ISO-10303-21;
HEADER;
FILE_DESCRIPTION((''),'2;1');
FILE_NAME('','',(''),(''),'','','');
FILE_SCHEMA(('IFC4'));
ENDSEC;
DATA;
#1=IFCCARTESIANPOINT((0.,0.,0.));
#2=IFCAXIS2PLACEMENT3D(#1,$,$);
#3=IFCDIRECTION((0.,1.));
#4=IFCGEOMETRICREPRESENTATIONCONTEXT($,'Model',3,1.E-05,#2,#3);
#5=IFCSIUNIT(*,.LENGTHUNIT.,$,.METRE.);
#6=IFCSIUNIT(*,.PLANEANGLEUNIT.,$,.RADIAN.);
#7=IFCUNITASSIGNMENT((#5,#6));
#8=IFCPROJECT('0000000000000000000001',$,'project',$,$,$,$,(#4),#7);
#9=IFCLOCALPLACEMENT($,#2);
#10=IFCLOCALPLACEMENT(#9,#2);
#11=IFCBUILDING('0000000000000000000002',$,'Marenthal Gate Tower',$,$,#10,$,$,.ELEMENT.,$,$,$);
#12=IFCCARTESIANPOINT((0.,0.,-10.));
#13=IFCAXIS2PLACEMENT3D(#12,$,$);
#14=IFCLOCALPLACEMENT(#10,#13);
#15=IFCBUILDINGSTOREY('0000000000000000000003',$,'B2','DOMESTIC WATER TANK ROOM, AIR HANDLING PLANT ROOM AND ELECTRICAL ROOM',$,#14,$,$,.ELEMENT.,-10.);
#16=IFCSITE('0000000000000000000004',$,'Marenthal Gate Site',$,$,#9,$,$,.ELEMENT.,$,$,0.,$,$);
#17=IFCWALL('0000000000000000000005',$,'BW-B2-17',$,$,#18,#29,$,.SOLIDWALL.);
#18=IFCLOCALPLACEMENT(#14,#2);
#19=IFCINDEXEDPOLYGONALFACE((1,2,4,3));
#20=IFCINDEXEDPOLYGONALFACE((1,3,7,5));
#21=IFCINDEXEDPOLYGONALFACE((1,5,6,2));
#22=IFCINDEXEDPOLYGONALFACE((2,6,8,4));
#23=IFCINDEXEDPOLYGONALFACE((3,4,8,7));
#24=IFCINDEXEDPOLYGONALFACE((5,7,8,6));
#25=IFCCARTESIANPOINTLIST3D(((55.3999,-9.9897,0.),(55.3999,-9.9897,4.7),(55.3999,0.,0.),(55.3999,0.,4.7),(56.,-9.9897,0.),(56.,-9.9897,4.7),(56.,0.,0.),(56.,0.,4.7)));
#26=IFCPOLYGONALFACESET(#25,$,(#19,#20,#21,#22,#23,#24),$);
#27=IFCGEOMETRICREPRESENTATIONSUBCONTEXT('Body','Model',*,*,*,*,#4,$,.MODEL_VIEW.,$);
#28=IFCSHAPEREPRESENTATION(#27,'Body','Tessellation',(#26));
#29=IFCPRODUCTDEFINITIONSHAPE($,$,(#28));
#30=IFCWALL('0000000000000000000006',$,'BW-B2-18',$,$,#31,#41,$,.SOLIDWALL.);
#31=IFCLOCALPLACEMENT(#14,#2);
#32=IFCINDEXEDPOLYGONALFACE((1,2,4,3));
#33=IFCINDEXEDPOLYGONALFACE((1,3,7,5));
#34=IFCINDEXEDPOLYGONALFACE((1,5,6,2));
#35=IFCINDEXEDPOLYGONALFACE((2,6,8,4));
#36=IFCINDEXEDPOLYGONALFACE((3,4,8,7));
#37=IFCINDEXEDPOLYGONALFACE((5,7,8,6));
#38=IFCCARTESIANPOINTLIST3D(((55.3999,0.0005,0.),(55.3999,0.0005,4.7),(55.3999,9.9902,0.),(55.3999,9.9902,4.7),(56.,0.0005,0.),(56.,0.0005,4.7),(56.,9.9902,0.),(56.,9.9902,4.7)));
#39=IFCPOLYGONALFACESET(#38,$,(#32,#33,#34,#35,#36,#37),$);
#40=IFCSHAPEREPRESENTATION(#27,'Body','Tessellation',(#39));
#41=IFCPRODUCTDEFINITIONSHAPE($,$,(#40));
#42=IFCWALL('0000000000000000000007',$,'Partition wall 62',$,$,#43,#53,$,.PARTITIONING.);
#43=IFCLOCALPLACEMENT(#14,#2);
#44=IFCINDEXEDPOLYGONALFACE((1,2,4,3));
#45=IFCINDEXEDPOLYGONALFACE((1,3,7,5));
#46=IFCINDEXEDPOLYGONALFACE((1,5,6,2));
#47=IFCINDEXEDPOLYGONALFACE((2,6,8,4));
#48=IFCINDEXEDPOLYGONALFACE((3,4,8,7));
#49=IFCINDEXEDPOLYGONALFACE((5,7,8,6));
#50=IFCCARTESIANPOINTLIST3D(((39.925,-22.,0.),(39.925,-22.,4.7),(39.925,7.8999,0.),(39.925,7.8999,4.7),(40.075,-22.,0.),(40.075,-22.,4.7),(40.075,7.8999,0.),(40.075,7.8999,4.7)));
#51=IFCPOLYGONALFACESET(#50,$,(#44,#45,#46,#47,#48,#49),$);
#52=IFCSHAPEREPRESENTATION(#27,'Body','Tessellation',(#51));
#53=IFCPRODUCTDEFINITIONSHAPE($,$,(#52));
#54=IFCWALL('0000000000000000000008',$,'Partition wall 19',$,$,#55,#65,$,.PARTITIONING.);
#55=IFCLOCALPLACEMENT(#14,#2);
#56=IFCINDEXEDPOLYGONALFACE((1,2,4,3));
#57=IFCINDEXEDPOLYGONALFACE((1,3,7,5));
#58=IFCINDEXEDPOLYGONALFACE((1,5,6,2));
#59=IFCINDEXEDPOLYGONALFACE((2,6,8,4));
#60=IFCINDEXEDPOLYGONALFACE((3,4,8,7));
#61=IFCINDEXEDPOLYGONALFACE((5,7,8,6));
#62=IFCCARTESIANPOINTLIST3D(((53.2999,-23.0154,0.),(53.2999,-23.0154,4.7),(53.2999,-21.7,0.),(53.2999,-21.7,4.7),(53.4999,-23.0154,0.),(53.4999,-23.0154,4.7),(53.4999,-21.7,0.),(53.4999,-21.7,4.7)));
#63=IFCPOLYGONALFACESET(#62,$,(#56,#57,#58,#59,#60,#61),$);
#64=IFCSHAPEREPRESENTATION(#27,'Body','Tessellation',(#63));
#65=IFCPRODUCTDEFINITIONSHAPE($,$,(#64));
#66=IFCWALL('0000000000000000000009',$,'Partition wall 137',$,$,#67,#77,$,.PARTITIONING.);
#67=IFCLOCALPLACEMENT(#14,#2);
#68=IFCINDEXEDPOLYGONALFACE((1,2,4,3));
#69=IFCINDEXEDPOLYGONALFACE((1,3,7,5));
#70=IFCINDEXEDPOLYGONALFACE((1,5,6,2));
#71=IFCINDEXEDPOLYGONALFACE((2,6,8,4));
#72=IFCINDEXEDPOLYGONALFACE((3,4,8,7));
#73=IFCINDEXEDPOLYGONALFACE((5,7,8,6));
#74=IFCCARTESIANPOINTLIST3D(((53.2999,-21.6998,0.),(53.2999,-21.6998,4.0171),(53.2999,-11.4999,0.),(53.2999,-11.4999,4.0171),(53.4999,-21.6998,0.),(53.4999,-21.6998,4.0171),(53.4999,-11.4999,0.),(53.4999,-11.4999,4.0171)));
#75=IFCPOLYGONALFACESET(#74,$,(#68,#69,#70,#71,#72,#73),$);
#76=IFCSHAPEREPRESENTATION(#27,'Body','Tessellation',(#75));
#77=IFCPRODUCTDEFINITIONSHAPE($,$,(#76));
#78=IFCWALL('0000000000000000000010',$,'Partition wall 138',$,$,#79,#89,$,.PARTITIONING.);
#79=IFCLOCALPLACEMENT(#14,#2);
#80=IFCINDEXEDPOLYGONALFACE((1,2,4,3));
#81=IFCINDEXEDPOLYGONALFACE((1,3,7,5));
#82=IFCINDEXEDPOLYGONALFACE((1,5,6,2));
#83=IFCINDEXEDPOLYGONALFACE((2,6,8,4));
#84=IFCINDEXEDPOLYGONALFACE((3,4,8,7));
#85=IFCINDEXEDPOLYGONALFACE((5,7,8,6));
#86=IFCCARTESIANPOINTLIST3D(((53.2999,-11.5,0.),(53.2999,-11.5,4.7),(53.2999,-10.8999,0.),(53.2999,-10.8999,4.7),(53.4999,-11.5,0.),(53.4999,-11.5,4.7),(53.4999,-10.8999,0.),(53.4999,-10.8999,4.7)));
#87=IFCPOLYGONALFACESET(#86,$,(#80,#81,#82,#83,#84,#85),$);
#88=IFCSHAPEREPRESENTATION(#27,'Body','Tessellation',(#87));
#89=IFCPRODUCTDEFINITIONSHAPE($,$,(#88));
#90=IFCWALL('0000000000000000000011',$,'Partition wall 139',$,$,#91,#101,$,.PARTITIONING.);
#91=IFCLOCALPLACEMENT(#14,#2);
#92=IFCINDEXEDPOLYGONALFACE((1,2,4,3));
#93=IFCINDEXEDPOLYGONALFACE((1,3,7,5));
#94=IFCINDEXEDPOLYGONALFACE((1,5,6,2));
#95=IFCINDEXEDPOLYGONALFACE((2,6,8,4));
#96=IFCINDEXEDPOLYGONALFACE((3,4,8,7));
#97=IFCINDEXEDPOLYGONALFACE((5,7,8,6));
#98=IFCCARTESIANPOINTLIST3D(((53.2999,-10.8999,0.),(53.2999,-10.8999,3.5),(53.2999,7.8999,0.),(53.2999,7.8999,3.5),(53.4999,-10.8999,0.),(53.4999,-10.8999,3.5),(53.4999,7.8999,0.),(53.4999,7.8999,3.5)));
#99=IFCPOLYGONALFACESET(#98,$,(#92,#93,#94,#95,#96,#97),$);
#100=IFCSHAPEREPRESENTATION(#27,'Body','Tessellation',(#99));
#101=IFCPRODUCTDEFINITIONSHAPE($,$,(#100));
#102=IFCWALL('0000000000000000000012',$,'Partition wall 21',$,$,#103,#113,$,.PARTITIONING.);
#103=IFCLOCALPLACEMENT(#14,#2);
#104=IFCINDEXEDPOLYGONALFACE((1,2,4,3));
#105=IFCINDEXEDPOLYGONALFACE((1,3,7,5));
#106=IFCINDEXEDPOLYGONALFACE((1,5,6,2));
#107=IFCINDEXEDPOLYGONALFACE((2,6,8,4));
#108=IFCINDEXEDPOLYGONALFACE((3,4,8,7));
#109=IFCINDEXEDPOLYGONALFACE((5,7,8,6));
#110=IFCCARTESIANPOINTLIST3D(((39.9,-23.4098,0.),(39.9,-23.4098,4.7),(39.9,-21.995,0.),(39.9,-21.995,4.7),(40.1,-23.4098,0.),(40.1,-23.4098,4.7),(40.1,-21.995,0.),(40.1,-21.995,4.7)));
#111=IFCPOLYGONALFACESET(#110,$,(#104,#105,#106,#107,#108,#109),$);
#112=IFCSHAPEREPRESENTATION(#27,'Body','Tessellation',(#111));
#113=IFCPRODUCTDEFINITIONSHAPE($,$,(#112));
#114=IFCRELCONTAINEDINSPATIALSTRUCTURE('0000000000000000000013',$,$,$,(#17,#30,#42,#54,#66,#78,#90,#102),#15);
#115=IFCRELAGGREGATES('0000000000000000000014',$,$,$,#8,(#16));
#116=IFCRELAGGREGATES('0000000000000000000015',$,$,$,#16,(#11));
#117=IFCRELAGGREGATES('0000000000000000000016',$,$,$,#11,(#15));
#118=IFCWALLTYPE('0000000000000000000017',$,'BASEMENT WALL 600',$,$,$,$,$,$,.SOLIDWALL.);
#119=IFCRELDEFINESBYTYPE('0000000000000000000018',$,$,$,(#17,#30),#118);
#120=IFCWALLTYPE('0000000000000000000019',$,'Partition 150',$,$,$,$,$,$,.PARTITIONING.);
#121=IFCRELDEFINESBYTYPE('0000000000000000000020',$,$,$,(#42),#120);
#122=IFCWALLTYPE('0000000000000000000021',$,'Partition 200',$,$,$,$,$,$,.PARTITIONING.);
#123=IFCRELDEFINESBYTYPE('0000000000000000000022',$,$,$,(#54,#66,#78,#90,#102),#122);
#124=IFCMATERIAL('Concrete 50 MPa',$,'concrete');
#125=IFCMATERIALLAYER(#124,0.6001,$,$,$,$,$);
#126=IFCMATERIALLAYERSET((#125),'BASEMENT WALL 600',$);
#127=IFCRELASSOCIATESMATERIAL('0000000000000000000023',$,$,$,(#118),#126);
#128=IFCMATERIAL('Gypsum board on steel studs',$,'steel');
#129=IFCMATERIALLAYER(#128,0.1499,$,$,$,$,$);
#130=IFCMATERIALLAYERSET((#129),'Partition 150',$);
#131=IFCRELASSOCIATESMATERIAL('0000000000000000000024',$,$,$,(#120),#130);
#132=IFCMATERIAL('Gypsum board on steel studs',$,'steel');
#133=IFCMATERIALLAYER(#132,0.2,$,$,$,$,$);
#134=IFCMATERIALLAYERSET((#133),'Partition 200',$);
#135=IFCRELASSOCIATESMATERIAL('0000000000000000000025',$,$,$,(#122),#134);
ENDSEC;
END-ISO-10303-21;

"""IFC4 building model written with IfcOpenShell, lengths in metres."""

from ifc_helpers import new_model, si_unit, direction, frame, frame_2d, origin, place, context, subcontext, project, spatial, rectangle, extrude, material, layer, layer_set, type_object, element, save


model = new_model("IFC4")

# Units and contexts
model_context = context("Model", 3, precision=1e-05, world=origin(), true_north=direction((0.0, 1.0)))
body_context = subcontext(model_context, "Body", "Model", "MODEL_VIEW")
ifc_project = project(units=[si_unit("LENGTHUNIT", "METRE"), si_unit("PLANEANGLEUNIT", "RADIAN")], contexts=[model_context])

# Site, building, storey
site_placement = place(None, origin())
site = spatial("IfcSite", under=ifc_project, at=site_placement, Name="Marenthal Gate Site", CompositionType="ELEMENT", RefElevation=0.0)
building_placement = place(site_placement, origin())
building = spatial("IfcBuilding", under=site, at=building_placement, Name="Marenthal Gate Tower", CompositionType="ELEMENT")
storey_placement = place(building_placement, frame((0.0, 0.0, -10.0)))
storey = spatial("IfcBuildingStorey", under=building, at=storey_placement, Name="B2", Description="DOMESTIC WATER TANK ROOM, AIR HANDLING PLANT ROOM AND ELECTRICAL ROOM", CompositionType="ELEMENT", Elevation=-10.0)

# Walls
ifc_material_1 = material(Name="Concrete 50 MPa", Category="concrete")
ifc_layer_1 = layer(ifc_material_1, 0.6001)
ifc_layer_set_1 = layer_set([ifc_layer_1], Name="BASEMENT WALL 600")
wall_type_1 = type_object("IfcWallType", Name="BASEMENT WALL 600", PredefinedType="SOLIDWALL", material=ifc_layer_set_1)
for number, where, z_axis, x_axis, name in (
    (1, (55.7, -9.9897, 0.0), (0.0, 0.0, 1.0), (0.0, 1.0, 0.0), "BW-B2-17"),
    (2, (55.7, 0.0005, 0.0), (0.0, 0.0, 1.0), (0.0, 1.0, 0.0), "BW-B2-18"),
):
    element("IfcWall", number, at=place(storey_placement, frame(where, z_axis=z_axis, x_axis=x_axis)), inside=storey, type_object=wall_type_1, Name=name, PredefinedType="SOLIDWALL", context=body_context, shape_type="SweptSolid", body=[
        extrude(rectangle(XDim=9.9897, YDim=0.6001, at=frame_2d((4.9949, 0.0))), origin(), (0.0, 0.0, 1.0), 4.7),
    ])
ifc_material_2 = material(Name="Gypsum board on steel studs", Category="steel")
ifc_layer_2 = layer(ifc_material_2, 0.1499)
ifc_layer_set_2 = layer_set([ifc_layer_2], Name="Partition 150")
wall_type_2 = type_object("IfcWallType", Name="Partition 150", PredefinedType="PARTITIONING", material=ifc_layer_set_2)
wall_1_placement = place(storey_placement, frame((40.0, -22.0, 0.0), z_axis=(0.0, 0.0, 1.0), x_axis=(0.0, 1.0, 0.0)))
element("IfcWall", 3, at=wall_1_placement, inside=storey, type_object=wall_type_2, Name="Partition wall 62", PredefinedType="PARTITIONING", context=body_context, shape_type="SweptSolid", body=[
    extrude(rectangle(XDim=29.8999, YDim=0.1499, at=frame_2d((14.95, 0.0))), origin(), (0.0, 0.0, 1.0), 4.7),
])
ifc_material_3 = material(Name="Gypsum board on steel studs", Category="steel")
ifc_layer_3 = layer(ifc_material_3, 0.2)
ifc_layer_set_3 = layer_set([ifc_layer_3], Name="Partition 200")
wall_type_3 = type_object("IfcWallType", Name="Partition 200", PredefinedType="PARTITIONING", material=ifc_layer_set_3)
wall_2_placement = place(storey_placement, frame((53.3999, -23.0154, 0.0), z_axis=(0.0, 0.0, 1.0), x_axis=(0.0, 1.0, 0.0)))
element("IfcWall", 4, at=wall_2_placement, inside=storey, type_object=wall_type_3, Name="Partition wall 19", PredefinedType="PARTITIONING", context=body_context, shape_type="SweptSolid", body=[
    extrude(rectangle(XDim=1.3154, YDim=0.2, at=frame_2d((0.6577, 0.0))), origin(), (0.0, 0.0, 1.0), 4.7),
])
wall_3_placement = place(storey_placement, frame((53.3999, -21.7, 0.0), z_axis=(0.0, 0.0, 1.0), x_axis=(0.0, 1.0, 0.0)))
element("IfcWall", 5, at=wall_3_placement, inside=storey, type_object=wall_type_3, Name="Partition wall 137", PredefinedType="PARTITIONING", context=body_context, shape_type="SweptSolid", body=[
    extrude(rectangle(XDim=10.2, YDim=0.2, at=frame_2d((5.1001, 0.0))), origin(), (0.0, 0.0, 1.0), 4.0171),
])
wall_4_placement = place(storey_placement, frame((53.3999, -11.5, 0.0), z_axis=(0.0, 0.0, 1.0), x_axis=(0.0, 1.0, 0.0)))
element("IfcWall", 6, at=wall_4_placement, inside=storey, type_object=wall_type_3, Name="Partition wall 138", PredefinedType="PARTITIONING", context=body_context, shape_type="SweptSolid", body=[
    extrude(rectangle(XDim=0.6001, YDim=0.2, at=frame_2d((0.3, 0.0))), origin(), (0.0, 0.0, 1.0), 4.7),
])
wall_5_placement = place(storey_placement, frame((53.3999, -10.8999, 0.0), z_axis=(0.0, 0.0, 1.0), x_axis=(0.0, 1.0, 0.0)))
element("IfcWall", 7, at=wall_5_placement, inside=storey, type_object=wall_type_3, Name="Partition wall 139", PredefinedType="PARTITIONING", context=body_context, shape_type="SweptSolid", body=[
    extrude(rectangle(XDim=18.7998, YDim=0.2, at=frame_2d((9.3999, 0.0))), origin(), (0.0, 0.0, 1.0), 3.5),
])
wall_6_placement = place(storey_placement, frame((40.0, -23.4099, 0.0), z_axis=(0.0, 0.0, 1.0), x_axis=(0.0, 1.0, 0.0)))
element("IfcWall", 8, at=wall_6_placement, inside=storey, type_object=wall_type_3, Name="Partition wall 21", PredefinedType="PARTITIONING", context=body_context, shape_type="SweptSolid", body=[
    extrude(rectangle(XDim=1.4148, YDim=0.2, at=frame_2d((0.7075, 0.0))), origin(), (0.0, 0.0, 1.0), 4.7),
])

save(model, "model.ifc")
